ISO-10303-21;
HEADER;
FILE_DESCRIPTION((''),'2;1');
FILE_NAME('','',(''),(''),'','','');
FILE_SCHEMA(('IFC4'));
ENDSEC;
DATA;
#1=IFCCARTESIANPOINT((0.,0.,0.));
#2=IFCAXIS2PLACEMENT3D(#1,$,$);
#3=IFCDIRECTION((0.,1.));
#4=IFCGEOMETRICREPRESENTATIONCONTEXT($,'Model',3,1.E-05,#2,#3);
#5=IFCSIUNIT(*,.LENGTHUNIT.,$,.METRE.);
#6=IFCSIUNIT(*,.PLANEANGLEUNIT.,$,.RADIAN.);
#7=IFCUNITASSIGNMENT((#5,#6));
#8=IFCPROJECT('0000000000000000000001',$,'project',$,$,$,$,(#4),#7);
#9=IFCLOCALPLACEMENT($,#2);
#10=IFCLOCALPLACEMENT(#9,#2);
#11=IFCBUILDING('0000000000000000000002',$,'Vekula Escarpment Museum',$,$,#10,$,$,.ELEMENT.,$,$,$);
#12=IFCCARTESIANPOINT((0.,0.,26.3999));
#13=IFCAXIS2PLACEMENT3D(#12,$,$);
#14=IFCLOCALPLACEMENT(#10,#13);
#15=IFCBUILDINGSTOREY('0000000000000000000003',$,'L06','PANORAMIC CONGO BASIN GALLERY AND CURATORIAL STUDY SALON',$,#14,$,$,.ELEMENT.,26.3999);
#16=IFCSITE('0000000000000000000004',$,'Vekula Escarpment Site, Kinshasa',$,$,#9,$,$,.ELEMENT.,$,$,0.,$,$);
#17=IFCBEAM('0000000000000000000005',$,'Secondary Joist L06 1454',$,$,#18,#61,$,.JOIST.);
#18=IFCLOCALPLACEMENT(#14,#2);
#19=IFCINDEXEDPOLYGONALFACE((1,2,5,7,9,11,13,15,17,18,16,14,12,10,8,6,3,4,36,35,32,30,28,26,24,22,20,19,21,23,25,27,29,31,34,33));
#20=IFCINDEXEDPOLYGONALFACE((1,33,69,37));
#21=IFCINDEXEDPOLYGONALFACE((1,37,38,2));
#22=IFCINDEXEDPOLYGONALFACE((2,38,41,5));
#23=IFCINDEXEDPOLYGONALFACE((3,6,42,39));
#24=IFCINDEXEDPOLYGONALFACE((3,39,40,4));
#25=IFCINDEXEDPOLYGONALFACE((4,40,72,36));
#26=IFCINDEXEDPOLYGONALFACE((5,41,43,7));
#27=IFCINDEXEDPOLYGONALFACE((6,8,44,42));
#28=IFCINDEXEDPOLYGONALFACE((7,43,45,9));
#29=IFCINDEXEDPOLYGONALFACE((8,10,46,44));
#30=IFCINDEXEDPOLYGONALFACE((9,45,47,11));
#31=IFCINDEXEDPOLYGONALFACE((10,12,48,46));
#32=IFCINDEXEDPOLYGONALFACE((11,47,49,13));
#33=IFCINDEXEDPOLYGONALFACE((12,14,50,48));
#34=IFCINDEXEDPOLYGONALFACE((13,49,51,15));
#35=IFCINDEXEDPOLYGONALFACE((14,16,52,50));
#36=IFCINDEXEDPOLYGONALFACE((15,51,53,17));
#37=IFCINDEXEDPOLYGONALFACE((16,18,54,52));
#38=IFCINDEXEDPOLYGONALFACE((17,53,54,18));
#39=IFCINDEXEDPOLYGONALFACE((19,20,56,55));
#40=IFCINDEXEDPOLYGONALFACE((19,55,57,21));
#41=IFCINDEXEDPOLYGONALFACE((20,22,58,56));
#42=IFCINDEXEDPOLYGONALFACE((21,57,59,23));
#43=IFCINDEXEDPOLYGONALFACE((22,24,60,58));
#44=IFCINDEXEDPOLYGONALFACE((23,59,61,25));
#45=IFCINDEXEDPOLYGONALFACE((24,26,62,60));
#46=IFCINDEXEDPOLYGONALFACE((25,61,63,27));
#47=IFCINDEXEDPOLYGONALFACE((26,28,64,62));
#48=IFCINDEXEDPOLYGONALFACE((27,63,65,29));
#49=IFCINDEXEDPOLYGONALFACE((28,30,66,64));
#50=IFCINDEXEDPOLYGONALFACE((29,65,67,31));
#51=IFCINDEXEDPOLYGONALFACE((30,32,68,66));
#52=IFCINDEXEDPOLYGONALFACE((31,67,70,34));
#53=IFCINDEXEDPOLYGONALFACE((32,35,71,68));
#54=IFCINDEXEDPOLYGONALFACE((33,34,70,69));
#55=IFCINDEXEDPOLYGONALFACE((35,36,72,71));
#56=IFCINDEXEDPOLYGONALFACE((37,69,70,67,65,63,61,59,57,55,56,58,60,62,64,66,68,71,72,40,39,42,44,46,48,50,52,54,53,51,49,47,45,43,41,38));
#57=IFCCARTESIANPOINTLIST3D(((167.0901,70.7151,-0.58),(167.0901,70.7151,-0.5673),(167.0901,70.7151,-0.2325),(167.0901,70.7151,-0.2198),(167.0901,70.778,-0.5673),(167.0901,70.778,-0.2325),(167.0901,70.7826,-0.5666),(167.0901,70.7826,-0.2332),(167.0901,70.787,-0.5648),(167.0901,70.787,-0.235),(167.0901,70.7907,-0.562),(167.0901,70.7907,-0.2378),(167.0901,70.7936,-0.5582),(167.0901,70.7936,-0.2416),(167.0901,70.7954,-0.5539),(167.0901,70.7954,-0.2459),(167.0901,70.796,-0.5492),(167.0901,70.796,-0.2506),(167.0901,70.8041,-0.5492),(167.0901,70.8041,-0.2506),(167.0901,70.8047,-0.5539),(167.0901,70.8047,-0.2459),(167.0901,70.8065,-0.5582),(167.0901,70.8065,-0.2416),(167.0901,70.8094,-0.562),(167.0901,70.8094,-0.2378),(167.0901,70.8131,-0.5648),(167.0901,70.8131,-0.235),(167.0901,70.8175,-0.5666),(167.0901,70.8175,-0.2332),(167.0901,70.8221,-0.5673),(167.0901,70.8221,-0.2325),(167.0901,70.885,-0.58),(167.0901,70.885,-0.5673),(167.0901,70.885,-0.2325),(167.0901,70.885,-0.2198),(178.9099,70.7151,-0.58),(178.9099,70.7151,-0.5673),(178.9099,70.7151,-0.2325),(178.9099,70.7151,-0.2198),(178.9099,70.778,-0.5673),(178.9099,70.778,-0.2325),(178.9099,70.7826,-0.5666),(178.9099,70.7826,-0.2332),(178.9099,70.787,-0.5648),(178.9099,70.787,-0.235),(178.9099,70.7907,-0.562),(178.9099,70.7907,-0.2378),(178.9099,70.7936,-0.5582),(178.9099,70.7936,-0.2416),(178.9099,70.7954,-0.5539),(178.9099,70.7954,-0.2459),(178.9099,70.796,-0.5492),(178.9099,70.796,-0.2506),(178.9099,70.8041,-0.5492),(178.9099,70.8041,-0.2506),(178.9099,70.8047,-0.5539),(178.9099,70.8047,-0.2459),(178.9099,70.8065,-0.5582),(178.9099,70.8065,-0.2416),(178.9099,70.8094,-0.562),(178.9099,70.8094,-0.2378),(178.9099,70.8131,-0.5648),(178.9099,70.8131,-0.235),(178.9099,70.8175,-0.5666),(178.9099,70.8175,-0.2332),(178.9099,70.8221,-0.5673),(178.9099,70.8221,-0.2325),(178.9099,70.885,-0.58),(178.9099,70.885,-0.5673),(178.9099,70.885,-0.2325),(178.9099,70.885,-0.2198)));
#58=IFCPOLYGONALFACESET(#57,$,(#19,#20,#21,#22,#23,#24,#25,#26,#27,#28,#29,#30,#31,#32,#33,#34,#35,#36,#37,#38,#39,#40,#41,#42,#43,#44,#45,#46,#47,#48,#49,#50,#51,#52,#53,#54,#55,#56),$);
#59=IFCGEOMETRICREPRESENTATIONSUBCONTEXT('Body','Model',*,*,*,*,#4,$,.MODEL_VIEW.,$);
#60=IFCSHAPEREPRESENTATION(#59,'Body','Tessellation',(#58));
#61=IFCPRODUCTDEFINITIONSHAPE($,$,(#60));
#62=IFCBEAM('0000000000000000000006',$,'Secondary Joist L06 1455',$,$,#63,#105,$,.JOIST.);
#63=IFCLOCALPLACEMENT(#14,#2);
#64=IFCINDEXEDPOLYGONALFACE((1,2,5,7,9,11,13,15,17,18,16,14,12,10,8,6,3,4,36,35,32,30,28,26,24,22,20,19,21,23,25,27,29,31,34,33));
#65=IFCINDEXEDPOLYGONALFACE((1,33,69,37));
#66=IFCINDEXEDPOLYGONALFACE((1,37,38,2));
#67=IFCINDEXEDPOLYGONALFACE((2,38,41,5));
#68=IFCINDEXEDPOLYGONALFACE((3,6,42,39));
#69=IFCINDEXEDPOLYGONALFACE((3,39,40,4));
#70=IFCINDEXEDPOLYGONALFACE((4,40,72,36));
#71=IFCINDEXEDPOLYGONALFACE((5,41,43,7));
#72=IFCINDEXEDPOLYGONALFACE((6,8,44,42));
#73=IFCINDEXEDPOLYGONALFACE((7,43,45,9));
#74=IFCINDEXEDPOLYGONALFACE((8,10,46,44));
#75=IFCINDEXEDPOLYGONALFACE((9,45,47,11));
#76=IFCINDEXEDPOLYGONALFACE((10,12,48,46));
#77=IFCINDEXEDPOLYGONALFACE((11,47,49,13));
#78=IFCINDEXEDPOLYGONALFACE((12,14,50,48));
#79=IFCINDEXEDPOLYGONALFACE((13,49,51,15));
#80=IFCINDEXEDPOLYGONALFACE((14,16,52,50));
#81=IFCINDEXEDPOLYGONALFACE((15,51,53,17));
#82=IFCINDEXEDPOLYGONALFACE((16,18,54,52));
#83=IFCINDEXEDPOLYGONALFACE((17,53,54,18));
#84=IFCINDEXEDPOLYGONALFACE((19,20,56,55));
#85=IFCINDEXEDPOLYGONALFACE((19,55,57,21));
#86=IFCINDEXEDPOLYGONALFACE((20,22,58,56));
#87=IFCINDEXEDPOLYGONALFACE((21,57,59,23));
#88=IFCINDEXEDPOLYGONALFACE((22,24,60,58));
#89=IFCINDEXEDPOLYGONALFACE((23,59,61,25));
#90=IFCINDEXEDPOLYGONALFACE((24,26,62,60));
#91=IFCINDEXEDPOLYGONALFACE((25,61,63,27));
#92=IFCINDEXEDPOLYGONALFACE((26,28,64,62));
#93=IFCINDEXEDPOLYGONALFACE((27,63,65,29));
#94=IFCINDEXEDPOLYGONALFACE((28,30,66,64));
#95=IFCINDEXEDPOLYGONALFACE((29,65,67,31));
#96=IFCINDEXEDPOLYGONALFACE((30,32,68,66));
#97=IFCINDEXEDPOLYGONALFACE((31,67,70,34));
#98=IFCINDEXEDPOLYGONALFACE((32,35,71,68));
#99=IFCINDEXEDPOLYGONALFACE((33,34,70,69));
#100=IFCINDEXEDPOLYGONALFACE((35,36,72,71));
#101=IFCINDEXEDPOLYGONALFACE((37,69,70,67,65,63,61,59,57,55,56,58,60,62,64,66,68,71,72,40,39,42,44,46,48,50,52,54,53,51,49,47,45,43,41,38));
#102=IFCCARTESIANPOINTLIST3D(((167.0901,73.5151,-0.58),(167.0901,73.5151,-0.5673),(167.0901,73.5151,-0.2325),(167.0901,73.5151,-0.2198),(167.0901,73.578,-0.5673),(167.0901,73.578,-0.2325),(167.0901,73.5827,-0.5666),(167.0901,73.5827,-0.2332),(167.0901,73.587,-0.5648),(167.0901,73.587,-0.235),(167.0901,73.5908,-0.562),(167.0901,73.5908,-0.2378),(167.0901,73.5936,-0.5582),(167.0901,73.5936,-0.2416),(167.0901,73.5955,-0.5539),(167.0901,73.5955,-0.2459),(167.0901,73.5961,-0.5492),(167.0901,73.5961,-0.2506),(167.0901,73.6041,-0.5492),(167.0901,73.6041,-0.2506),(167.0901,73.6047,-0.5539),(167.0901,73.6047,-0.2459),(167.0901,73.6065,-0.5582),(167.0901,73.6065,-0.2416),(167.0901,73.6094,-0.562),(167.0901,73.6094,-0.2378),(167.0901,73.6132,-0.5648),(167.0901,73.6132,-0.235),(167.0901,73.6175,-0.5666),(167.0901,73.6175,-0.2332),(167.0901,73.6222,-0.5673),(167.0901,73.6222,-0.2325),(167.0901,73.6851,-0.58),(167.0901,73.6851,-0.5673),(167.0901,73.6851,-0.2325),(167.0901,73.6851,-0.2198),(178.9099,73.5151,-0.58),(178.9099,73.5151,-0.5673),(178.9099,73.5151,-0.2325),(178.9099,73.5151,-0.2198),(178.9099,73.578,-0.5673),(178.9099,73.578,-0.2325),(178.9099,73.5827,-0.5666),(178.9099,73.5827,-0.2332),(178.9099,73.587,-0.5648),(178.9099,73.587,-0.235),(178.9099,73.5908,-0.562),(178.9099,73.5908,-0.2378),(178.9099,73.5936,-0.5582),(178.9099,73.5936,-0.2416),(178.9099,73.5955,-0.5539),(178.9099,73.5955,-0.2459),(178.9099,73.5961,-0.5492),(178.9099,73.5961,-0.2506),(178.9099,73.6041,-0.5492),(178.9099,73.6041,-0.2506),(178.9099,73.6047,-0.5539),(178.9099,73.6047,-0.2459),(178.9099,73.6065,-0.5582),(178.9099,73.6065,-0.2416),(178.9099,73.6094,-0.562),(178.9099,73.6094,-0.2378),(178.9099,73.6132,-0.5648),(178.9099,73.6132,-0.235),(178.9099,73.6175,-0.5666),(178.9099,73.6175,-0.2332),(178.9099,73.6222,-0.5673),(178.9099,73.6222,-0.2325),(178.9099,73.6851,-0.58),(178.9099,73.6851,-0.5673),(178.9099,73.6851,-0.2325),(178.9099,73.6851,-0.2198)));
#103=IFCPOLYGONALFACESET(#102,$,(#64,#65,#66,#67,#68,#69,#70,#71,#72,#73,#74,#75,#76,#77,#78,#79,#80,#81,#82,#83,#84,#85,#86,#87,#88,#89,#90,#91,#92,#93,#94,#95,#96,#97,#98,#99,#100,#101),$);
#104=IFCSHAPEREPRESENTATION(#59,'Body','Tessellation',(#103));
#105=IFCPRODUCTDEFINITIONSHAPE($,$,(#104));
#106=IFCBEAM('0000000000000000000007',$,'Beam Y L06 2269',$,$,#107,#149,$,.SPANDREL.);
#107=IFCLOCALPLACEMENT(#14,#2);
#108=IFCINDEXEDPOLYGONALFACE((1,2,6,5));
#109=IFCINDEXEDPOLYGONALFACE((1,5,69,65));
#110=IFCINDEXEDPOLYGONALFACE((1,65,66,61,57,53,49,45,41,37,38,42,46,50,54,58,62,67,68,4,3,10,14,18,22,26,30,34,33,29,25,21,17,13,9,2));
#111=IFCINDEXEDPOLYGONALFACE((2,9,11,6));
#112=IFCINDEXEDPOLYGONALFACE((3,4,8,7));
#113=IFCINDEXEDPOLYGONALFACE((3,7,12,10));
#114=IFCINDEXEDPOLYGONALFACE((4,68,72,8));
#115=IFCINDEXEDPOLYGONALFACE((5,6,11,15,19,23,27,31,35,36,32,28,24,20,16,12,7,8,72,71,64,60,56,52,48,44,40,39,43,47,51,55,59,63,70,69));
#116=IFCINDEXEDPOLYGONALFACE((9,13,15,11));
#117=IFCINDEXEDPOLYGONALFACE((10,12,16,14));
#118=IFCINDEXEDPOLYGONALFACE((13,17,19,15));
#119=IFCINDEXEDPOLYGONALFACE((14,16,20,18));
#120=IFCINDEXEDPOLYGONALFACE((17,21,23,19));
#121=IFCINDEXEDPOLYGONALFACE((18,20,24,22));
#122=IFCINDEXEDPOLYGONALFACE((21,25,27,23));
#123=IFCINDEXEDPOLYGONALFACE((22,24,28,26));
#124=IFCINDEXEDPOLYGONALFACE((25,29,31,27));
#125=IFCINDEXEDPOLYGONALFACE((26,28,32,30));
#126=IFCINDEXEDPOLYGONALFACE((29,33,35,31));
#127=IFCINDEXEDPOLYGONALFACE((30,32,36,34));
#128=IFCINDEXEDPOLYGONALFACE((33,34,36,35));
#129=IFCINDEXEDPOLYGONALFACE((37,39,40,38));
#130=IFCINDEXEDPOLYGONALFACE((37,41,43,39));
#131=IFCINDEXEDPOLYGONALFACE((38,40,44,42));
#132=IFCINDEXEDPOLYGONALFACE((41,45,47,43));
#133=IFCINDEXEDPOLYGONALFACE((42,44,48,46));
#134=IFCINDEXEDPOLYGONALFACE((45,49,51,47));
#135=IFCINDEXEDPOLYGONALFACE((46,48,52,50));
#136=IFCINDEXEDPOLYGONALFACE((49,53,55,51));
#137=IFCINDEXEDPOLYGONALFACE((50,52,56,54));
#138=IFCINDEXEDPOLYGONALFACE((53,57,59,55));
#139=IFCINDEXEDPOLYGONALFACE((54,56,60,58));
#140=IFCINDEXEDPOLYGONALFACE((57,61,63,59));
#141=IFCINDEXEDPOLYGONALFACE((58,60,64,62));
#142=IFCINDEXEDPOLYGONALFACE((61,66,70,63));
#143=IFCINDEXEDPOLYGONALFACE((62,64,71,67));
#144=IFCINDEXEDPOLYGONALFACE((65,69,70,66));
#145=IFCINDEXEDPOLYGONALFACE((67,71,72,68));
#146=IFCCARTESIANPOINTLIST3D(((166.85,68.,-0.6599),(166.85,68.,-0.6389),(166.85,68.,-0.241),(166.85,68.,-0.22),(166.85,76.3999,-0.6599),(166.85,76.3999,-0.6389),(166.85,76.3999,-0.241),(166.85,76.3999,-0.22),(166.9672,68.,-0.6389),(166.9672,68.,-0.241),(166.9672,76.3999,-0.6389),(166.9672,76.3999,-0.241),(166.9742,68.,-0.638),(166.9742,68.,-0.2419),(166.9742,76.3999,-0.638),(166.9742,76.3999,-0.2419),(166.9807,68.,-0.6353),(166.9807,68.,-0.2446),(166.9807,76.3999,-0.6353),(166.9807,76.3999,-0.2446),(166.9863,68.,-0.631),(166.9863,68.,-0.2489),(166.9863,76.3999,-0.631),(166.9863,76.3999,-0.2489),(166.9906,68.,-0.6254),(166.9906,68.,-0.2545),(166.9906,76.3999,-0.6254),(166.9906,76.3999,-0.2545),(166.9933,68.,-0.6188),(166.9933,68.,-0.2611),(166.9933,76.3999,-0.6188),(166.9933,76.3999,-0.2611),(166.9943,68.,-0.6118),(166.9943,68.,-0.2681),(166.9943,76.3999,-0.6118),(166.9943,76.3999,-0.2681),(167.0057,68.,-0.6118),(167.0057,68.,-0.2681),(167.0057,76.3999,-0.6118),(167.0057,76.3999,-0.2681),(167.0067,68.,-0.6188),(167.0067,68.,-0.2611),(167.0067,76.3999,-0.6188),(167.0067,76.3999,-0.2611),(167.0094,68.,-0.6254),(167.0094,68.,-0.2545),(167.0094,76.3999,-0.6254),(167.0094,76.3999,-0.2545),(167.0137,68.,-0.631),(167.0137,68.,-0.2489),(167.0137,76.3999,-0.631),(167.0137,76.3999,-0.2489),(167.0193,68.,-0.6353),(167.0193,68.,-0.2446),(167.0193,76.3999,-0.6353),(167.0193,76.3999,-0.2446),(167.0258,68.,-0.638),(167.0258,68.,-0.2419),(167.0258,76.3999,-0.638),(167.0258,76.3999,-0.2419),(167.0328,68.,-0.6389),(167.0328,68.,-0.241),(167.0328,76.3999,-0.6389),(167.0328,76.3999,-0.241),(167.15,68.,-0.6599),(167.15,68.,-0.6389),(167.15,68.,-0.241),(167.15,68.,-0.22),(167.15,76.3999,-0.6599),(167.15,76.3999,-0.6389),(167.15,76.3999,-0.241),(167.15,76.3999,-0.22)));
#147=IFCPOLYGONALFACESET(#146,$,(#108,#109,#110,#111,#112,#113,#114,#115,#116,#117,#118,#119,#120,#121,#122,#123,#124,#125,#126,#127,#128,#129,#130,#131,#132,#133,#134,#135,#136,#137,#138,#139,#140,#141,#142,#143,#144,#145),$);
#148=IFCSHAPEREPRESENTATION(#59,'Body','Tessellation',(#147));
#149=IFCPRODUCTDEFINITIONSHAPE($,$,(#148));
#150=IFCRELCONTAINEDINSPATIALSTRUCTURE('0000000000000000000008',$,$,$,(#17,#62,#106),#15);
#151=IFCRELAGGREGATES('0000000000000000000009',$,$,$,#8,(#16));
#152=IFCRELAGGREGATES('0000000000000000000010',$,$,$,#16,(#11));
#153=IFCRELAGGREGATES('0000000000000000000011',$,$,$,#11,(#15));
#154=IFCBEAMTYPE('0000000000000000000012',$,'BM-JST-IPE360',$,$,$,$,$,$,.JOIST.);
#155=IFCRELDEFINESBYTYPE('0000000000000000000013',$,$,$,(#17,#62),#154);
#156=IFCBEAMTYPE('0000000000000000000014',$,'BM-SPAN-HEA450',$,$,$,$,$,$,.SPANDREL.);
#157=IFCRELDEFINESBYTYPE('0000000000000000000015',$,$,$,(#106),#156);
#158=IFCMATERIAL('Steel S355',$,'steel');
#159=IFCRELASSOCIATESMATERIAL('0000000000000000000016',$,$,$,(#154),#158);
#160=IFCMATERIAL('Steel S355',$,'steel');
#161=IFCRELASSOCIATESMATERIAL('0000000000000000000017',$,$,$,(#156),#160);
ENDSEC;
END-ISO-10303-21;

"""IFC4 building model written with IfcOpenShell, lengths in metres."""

from ifc_helpers import new_model, si_unit, direction, frame, origin, origin_2d, place, context, subcontext, project, spatial, i_section, extrude, material, material_profile, profile_set, type_object, element, save


model = new_model("IFC4")

# Units and contexts
model_context = context("Model", 3, precision=1e-05, world=origin(), true_north=direction((0.0, 1.0)))
body_context = subcontext(model_context, "Body", "Model", "MODEL_VIEW")
ifc_project = project(units=[si_unit("LENGTHUNIT", "METRE"), si_unit("PLANEANGLEUNIT", "RADIAN")], contexts=[model_context])

# Site, building, storey
site_placement = place(None, origin())
site = spatial("IfcSite", under=ifc_project, at=site_placement, Name="Vekula Escarpment Site, Kinshasa", CompositionType="ELEMENT", RefElevation=0.0)
building_placement = place(site_placement, origin())
building = spatial("IfcBuilding", under=site, at=building_placement, Name="Vekula Escarpment Museum", CompositionType="ELEMENT")
storey_placement = place(building_placement, frame((0.0, 0.0, 26.3999)))
storey = spatial("IfcBuildingStorey", under=building, at=storey_placement, Name="L06", Description="PANORAMIC CONGO BASIN GALLERY AND CURATORIAL STUDY SALON", CompositionType="ELEMENT", Elevation=26.3999)

# Beams
ifc_material_1 = material(Name="Steel S355", Category="steel")
ifc_material_profile_1 = material_profile(ifc_material_1, i_section(OverallWidth=0.1699, OverallDepth=0.3601, WebThickness=0.0081, FlangeThickness=0.0127, FilletRadius=0.0181, at=origin_2d()), Name="IPE 360")
ifc_profile_set_1 = profile_set([ifc_material_profile_1], Name="Steel S355")
beam_type_1 = type_object("IfcBeamType", Name="BM-JST-IPE360", PredefinedType="JOIST", material=ifc_profile_set_1)
for number, where, z_axis, x_axis, name in (
    (1, (167.0901, 70.8, -0.3999), (1.0, 0.0, 0.0), (0.0, 1.0, 0.0), "Secondary Joist L06 1454"),
    (2, (167.0901, 73.6001, -0.3999), (1.0, 0.0, 0.0), (0.0, 1.0, 0.0), "Secondary Joist L06 1455"),
):
    element("IfcBeam", number, at=place(storey_placement, frame(where, z_axis=z_axis, x_axis=x_axis)), inside=storey, type_object=beam_type_1, Name=name, PredefinedType="JOIST", context=body_context, shape_type="SweptSolid", body=[
        extrude(i_section(OverallWidth=0.1699, OverallDepth=0.3601, WebThickness=0.0081, FlangeThickness=0.0127, FilletRadius=0.0181, at=origin_2d()), origin(), (0.0, 0.0, 1.0), 11.8198),
    ])
ifc_material_2 = material(Name="Steel S355", Category="steel")
ifc_material_profile_2 = material_profile(ifc_material_2, i_section(OverallWidth=0.3, OverallDepth=0.4399, WebThickness=0.0115, FlangeThickness=0.021, FilletRadius=0.0271, at=origin_2d()), Name="HEA 450")
ifc_profile_set_2 = profile_set([ifc_material_profile_2], Name="Steel S355")
beam_type_2 = type_object("IfcBeamType", Name="BM-SPAN-HEA450", PredefinedType="SPANDREL", material=ifc_profile_set_2)
beam_1_placement = place(storey_placement, frame((167.0, 68.0, -0.4399), z_axis=(0.0, 1.0, 0.0), x_axis=(-1.0, 0.0, 0.0)))
element("IfcBeam", 3, at=beam_1_placement, inside=storey, type_object=beam_type_2, Name="Beam Y L06 2269", PredefinedType="SPANDREL", context=body_context, shape_type="SweptSolid", body=[
    extrude(i_section(OverallWidth=0.3, OverallDepth=0.4399, WebThickness=0.0115, FlangeThickness=0.021, FilletRadius=0.0271, at=origin_2d()), origin(), (0.0, 0.0, 1.0), 8.3999),
])

save(model, "model.ifc")
